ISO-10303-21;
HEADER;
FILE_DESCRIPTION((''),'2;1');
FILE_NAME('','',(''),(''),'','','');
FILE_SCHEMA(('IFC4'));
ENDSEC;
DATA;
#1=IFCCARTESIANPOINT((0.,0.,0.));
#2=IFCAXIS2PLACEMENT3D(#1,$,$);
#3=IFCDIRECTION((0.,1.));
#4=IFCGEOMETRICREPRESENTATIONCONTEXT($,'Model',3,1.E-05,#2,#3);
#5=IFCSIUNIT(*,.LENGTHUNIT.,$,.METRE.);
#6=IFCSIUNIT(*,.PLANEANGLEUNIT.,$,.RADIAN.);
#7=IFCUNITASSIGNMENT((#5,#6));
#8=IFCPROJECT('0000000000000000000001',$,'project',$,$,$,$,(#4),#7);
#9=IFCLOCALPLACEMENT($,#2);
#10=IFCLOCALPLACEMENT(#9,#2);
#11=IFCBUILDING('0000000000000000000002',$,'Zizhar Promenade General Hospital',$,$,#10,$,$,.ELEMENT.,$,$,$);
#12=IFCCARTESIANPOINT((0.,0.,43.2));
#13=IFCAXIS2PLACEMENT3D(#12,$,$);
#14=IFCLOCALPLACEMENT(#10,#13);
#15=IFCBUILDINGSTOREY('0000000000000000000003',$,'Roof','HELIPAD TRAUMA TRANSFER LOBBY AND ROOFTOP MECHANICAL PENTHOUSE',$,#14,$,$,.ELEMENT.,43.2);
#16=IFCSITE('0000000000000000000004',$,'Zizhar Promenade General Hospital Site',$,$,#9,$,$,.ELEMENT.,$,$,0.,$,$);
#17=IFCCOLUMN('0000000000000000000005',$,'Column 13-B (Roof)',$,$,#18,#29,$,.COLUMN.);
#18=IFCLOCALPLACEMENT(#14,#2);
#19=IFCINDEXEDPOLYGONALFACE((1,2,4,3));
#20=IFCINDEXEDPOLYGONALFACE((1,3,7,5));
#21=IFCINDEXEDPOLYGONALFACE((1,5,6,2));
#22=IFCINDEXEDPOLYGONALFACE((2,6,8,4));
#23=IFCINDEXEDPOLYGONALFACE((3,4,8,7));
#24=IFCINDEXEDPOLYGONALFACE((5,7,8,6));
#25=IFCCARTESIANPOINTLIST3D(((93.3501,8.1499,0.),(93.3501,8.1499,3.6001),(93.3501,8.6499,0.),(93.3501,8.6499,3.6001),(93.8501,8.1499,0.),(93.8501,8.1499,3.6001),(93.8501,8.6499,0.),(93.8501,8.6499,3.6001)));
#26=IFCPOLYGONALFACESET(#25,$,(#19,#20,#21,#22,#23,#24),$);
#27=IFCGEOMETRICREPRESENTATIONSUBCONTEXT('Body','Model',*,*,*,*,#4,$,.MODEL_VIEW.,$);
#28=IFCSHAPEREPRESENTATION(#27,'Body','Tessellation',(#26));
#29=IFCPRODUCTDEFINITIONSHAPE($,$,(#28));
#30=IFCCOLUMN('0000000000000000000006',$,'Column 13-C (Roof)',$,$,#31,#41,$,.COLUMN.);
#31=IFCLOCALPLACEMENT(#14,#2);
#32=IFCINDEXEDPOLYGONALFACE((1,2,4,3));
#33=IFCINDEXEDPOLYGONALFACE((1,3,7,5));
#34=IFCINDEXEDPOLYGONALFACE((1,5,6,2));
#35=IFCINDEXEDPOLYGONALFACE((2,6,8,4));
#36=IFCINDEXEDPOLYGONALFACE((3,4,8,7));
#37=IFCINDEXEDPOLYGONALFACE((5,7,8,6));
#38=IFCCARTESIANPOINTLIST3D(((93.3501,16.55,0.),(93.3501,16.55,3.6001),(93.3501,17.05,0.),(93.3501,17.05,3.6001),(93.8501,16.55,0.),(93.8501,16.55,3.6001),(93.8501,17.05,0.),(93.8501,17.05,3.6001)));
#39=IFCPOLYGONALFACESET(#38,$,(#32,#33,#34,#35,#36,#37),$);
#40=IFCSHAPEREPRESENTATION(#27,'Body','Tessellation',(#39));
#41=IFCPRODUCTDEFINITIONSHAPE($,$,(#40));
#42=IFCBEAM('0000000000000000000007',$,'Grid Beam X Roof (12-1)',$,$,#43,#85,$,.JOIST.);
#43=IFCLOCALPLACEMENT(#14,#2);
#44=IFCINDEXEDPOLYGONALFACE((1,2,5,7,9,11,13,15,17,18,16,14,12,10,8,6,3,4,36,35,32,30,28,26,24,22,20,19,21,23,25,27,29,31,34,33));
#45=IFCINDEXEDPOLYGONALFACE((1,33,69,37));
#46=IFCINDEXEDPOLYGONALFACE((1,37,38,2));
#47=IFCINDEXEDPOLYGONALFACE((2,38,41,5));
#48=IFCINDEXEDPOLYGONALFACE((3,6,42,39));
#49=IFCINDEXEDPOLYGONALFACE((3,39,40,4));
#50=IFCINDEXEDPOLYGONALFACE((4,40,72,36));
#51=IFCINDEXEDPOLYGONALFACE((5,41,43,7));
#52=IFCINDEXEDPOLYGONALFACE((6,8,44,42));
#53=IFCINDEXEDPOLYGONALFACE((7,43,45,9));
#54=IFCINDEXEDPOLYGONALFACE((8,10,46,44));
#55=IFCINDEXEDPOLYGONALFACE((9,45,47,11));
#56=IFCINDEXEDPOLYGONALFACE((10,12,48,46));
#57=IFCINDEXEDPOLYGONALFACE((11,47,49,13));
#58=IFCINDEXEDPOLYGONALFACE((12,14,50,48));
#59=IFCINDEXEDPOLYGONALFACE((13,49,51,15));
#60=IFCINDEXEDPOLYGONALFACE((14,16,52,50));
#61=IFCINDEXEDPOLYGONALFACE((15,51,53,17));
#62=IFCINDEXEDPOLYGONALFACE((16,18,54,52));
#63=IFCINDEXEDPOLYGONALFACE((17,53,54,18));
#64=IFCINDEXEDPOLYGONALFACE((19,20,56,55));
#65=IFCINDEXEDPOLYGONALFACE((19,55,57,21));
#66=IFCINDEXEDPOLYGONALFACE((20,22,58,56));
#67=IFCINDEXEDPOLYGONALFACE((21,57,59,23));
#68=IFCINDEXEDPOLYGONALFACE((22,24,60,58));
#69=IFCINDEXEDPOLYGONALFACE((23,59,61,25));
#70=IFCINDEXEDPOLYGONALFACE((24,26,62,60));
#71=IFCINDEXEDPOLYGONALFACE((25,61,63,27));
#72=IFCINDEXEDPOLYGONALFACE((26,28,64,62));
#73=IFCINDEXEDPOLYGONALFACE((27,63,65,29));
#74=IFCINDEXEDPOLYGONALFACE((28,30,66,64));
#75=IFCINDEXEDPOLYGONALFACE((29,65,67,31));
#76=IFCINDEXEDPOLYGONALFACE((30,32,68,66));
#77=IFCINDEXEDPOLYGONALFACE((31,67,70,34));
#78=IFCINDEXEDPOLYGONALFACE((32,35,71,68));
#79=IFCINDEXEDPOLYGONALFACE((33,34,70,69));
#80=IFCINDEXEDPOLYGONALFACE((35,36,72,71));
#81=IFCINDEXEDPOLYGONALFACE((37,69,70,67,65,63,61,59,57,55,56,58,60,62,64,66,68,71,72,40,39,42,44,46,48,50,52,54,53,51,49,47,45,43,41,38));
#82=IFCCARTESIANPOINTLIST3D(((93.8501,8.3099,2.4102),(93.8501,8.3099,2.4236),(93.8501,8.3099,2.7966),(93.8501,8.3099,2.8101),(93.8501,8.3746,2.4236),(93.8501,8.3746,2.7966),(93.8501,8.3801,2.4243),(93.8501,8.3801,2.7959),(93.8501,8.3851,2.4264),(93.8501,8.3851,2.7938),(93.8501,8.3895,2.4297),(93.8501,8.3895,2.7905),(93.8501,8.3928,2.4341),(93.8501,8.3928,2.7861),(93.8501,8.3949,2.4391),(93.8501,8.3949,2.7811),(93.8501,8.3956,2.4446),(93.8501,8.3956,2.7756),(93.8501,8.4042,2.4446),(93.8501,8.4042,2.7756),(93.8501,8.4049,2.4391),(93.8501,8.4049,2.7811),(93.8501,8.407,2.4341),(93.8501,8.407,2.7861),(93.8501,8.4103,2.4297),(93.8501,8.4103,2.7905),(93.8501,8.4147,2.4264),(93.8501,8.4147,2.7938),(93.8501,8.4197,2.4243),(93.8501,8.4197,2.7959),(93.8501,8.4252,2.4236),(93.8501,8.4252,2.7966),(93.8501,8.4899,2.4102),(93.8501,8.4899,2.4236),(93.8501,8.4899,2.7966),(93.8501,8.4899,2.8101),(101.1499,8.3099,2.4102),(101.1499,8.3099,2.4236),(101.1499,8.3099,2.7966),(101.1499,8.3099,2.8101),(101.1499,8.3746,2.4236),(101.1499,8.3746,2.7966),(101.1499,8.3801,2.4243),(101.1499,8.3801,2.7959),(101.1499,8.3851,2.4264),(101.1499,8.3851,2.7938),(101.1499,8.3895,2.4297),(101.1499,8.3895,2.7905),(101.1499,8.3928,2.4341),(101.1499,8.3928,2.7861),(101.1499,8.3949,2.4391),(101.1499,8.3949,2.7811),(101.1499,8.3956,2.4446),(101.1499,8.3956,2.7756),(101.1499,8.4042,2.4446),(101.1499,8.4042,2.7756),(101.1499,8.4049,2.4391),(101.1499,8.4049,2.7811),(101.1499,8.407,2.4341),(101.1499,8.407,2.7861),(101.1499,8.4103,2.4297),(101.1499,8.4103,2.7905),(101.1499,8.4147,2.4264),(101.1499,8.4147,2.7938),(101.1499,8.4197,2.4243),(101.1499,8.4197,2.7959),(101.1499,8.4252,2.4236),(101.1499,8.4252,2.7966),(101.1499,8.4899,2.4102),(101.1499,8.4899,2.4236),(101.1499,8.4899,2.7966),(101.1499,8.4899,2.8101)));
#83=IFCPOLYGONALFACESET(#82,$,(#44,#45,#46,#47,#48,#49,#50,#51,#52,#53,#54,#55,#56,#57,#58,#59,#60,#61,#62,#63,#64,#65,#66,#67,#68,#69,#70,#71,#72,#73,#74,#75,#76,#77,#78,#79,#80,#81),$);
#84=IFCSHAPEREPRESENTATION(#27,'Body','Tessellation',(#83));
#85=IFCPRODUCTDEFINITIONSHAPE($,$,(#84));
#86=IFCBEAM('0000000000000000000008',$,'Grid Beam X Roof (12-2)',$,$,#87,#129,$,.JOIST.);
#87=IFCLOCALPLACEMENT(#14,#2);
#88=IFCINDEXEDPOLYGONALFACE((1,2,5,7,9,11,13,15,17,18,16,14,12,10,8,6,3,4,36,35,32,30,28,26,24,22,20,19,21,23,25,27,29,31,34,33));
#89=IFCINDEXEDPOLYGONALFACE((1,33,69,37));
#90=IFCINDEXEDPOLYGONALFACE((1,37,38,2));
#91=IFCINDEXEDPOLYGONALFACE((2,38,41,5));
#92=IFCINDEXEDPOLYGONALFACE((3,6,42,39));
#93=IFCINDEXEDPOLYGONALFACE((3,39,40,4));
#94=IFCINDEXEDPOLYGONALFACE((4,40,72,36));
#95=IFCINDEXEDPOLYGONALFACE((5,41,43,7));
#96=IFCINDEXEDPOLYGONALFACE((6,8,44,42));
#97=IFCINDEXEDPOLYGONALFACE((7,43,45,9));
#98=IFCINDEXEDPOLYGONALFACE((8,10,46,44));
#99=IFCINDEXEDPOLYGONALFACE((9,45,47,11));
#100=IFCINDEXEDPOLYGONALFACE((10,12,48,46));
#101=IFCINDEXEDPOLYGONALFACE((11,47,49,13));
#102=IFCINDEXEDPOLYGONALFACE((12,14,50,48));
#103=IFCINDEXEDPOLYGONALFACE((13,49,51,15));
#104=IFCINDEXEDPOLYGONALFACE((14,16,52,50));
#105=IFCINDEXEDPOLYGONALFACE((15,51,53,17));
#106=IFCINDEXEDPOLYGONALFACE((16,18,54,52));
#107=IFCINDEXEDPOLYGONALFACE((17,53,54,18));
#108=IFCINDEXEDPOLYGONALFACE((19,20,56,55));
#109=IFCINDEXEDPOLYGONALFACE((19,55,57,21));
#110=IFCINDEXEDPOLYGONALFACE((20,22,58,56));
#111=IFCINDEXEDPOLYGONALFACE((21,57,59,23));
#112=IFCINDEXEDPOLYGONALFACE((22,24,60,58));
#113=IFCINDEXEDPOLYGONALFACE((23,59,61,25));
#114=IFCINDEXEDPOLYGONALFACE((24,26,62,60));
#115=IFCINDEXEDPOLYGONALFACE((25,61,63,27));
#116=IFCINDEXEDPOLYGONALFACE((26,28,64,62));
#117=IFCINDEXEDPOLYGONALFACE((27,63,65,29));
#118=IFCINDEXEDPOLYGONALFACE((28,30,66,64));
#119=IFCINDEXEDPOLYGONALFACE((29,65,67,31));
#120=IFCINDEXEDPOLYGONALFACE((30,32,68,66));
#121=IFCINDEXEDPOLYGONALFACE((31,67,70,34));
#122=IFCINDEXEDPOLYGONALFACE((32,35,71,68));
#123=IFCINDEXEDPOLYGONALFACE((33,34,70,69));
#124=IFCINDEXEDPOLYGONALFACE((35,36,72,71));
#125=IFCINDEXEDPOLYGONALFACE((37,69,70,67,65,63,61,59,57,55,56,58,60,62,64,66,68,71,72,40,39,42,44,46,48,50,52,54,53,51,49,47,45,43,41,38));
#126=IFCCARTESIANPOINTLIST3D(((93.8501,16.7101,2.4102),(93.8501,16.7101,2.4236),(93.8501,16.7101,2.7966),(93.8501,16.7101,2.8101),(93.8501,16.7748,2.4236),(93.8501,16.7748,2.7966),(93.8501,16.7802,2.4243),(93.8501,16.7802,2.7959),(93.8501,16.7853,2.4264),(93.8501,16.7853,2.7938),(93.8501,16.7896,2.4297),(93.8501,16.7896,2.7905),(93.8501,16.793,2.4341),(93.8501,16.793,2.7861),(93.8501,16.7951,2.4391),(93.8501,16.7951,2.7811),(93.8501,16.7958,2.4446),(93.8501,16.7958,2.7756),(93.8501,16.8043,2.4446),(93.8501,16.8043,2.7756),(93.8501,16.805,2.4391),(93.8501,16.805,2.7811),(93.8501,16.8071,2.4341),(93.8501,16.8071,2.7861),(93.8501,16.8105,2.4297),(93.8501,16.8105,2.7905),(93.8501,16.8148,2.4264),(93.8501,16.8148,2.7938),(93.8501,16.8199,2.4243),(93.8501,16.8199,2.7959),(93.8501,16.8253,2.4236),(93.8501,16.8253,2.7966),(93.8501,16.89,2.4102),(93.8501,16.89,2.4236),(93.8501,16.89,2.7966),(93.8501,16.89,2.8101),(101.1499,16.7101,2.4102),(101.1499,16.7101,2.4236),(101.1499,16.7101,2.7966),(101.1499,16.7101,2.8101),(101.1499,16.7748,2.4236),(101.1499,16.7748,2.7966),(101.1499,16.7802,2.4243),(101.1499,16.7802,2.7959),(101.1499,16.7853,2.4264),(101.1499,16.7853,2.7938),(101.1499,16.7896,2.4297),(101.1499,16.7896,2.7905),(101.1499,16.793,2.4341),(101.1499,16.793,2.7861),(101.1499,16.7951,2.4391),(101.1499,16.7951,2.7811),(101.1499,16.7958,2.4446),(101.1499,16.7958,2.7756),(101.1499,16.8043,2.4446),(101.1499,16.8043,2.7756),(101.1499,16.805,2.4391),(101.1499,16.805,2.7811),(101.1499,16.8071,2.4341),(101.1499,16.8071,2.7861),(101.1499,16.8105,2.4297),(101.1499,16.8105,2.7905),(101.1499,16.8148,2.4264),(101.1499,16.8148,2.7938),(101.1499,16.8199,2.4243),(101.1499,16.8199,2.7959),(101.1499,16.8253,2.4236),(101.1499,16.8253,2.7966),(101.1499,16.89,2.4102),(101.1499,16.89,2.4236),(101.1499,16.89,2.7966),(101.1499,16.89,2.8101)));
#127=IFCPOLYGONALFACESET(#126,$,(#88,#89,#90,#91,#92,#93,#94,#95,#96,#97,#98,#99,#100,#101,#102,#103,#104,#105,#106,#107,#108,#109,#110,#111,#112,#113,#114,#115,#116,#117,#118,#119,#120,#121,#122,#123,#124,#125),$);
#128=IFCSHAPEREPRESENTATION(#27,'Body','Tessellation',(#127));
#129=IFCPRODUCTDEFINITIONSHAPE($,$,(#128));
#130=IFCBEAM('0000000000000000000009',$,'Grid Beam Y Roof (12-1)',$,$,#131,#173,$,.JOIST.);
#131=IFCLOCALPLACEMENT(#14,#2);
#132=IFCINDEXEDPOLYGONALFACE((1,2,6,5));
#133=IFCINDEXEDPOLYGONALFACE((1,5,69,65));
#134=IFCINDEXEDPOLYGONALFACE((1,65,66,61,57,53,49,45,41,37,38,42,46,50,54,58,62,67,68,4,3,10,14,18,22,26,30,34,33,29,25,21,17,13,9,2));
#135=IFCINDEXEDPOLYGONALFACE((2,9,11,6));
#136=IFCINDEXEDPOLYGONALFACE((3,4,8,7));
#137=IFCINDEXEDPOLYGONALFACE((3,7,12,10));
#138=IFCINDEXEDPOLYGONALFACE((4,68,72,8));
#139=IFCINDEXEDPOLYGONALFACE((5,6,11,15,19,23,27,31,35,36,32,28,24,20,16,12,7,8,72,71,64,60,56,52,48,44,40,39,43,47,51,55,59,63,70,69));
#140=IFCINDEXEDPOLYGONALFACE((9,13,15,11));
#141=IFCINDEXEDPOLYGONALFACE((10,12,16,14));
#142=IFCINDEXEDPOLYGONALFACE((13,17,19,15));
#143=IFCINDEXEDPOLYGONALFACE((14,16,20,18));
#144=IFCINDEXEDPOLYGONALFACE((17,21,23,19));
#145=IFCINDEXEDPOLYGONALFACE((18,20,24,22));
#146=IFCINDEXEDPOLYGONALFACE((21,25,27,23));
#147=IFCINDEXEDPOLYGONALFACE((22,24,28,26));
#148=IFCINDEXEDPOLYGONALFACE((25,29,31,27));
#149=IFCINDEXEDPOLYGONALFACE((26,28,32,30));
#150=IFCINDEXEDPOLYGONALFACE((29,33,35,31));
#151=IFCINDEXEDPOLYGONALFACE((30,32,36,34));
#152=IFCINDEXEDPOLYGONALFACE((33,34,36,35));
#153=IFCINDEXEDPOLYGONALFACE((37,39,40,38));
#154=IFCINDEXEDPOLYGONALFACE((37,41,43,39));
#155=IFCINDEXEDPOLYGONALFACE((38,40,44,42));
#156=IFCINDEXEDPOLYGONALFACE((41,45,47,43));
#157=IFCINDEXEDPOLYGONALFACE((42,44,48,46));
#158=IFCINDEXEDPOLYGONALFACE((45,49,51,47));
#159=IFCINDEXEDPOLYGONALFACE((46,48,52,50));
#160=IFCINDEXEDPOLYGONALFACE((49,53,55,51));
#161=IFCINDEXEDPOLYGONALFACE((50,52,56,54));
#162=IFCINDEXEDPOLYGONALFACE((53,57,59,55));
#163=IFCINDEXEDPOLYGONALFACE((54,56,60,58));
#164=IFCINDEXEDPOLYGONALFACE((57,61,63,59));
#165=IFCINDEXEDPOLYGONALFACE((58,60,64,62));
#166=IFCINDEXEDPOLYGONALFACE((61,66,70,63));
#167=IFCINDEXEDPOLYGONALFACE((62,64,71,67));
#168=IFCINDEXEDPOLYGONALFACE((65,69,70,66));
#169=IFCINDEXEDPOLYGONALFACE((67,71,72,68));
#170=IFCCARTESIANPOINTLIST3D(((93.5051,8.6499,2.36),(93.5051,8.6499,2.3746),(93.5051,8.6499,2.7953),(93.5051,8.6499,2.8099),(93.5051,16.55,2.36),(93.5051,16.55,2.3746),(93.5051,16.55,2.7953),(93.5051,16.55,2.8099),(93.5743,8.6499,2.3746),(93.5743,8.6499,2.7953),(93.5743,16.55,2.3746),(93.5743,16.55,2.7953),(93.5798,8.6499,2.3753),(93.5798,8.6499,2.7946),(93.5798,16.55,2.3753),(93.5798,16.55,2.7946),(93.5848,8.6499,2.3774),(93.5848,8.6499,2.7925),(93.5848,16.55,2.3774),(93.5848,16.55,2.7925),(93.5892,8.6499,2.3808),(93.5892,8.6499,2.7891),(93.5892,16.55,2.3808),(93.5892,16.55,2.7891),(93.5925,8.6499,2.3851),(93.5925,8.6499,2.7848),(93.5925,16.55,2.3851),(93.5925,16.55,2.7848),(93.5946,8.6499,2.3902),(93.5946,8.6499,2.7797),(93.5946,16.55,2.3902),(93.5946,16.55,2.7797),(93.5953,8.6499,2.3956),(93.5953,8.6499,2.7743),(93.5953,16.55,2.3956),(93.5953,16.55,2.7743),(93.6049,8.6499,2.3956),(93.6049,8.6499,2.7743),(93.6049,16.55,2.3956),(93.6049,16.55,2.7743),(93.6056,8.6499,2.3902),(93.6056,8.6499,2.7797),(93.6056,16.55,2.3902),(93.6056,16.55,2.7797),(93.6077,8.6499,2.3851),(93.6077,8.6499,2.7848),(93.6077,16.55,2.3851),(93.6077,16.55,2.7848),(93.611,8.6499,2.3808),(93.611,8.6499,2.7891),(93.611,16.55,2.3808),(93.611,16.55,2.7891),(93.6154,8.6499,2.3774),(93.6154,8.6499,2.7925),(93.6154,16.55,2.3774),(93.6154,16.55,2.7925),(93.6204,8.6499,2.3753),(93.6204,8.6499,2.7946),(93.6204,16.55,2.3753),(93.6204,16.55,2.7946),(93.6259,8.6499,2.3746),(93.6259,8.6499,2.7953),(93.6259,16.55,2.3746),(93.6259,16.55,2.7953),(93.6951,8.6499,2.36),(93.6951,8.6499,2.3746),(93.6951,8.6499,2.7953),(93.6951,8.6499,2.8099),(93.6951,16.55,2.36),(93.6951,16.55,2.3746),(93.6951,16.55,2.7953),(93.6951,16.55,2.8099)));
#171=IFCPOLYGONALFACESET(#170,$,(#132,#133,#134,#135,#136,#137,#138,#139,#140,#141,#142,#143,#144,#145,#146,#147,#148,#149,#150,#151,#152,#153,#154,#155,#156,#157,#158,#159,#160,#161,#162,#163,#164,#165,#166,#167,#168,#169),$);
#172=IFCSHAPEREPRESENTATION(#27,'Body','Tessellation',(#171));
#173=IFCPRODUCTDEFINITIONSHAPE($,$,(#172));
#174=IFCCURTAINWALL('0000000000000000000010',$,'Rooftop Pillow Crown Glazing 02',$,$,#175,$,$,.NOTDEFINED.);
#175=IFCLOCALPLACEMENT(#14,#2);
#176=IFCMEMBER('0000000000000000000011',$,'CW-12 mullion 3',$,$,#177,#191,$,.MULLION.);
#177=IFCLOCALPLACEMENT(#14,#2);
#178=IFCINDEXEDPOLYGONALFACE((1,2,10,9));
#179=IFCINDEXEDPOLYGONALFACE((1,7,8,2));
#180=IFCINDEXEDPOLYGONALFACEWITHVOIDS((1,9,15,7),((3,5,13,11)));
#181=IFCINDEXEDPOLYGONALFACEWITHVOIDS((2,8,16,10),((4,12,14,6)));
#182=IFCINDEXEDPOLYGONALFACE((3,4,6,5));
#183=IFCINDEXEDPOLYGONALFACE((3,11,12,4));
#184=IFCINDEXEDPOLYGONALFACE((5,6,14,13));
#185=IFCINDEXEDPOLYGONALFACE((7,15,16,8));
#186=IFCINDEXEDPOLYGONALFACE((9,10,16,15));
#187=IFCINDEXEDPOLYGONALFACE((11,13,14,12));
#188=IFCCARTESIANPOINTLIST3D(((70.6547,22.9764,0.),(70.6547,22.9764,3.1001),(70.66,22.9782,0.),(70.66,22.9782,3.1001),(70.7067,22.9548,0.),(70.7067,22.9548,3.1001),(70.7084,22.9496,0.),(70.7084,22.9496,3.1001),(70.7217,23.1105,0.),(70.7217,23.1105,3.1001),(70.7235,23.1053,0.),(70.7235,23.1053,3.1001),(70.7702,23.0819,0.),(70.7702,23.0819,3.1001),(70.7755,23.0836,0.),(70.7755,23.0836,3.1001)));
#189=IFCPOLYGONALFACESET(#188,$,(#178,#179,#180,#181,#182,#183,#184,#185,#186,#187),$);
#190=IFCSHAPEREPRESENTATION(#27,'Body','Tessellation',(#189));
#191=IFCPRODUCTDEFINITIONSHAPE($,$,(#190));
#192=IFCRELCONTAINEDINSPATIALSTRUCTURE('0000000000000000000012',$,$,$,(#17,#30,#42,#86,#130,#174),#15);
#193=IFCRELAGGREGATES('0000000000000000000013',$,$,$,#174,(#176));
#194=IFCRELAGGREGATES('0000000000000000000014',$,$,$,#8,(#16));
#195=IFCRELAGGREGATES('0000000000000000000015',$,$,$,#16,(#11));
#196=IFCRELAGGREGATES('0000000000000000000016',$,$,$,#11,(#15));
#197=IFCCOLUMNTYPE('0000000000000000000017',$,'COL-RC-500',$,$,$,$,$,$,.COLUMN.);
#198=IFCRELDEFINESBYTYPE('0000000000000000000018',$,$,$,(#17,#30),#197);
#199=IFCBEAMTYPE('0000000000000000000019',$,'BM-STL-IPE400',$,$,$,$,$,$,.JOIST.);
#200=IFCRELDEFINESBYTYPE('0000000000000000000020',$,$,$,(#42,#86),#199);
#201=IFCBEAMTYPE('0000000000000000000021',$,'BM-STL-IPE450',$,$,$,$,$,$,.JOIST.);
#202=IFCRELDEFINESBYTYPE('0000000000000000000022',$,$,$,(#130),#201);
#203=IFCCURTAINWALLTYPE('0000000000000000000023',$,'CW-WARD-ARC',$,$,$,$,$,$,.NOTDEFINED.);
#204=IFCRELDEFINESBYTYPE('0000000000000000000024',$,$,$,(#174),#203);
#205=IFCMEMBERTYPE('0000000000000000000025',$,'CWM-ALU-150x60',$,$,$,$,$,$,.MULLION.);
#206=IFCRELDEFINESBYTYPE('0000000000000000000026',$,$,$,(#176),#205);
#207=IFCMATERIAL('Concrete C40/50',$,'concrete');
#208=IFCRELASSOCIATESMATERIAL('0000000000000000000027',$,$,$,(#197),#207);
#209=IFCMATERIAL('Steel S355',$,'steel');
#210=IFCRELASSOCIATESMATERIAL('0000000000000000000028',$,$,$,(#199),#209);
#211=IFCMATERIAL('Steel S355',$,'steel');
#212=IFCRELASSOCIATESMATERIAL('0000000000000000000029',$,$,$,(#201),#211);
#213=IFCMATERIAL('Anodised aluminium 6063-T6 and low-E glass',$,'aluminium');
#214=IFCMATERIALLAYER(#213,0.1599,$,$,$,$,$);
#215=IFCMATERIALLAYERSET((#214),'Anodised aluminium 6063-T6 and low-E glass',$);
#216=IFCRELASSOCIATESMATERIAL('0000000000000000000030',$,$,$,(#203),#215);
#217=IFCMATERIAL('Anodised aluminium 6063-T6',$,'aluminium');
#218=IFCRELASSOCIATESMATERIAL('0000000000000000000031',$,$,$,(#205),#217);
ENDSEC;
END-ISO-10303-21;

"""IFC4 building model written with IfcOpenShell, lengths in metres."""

from ifc_helpers import new_model, si_unit, direction, frame, origin, origin_2d, place, context, subcontext, project, spatial, rectangle, hollow_rectangle, i_section, extrude, material, layer, layer_set, material_profile, profile_set, type_object, element, aggregate, save


model = new_model("IFC4")

# Units and contexts
model_context = context("Model", 3, precision=1e-05, world=origin(), true_north=direction((0.0, 1.0)))
body_context = subcontext(model_context, "Body", "Model", "MODEL_VIEW")
ifc_project = project(units=[si_unit("LENGTHUNIT", "METRE"), si_unit("PLANEANGLEUNIT", "RADIAN")], contexts=[model_context])

# Site, building, storey
site_placement = place(None, origin())
site = spatial("IfcSite", under=ifc_project, at=site_placement, Name="Zizhar Promenade General Hospital Site", CompositionType="ELEMENT", RefElevation=0.0)
building_placement = place(site_placement, origin())
building = spatial("IfcBuilding", under=site, at=building_placement, Name="Zizhar Promenade General Hospital", CompositionType="ELEMENT")
storey_placement = place(building_placement, frame((0.0, 0.0, 43.2)))
storey = spatial("IfcBuildingStorey", under=building, at=storey_placement, Name="Roof", Description="HELIPAD TRAUMA TRANSFER LOBBY AND ROOFTOP MECHANICAL PENTHOUSE", CompositionType="ELEMENT", Elevation=43.2)

# Columns
ifc_material_1 = material(Name="Concrete C40/50", Category="concrete")
ifc_material_profile_1 = material_profile(ifc_material_1, rectangle(XDim=0.5, YDim=0.5, at=origin_2d()))
ifc_profile_set_1 = profile_set([ifc_material_profile_1], Name="Concrete C40/50")
column_type = type_object("IfcColumnType", Name="COL-RC-500", PredefinedType="COLUMN", material=ifc_profile_set_1)
for number, where, z_axis, x_axis, name in (
    (1, (93.6001, 8.3999, 0.0), (0.0, 0.0, 1.0), (1.0, 0.0, 0.0), "Column 13-B (Roof)"),
    (2, (93.6001, 16.8, 0.0), (0.0, 0.0, 1.0), (1.0, 0.0, 0.0), "Column 13-C (Roof)"),
):
    element("IfcColumn", number, at=place(storey_placement, frame(where, z_axis=z_axis, x_axis=x_axis)), inside=storey, type_object=column_type, Name=name, PredefinedType="COLUMN", context=body_context, shape_type="SweptSolid", body=[
        extrude(rectangle(XDim=0.5, YDim=0.5, at=origin_2d()), origin(), (0.0, 0.0, 1.0), 3.6001),
    ])

# Beams
ifc_material_2 = material(Name="Steel S355", Category="steel")
ifc_material_profile_2 = material_profile(ifc_material_2, i_section(OverallWidth=0.1799, OverallDepth=0.3999, WebThickness=0.0085, FlangeThickness=0.0134, FilletRadius=0.021, at=origin_2d()))
ifc_profile_set_2 = profile_set([ifc_material_profile_2], Name="Steel S355")
beam_type_1 = type_object("IfcBeamType", Name="BM-STL-IPE400", PredefinedType="JOIST", material=ifc_profile_set_2)
for number, where, z_axis, x_axis, name in (
    (3, (93.8501, 8.3999, 2.6101), (1.0, 0.0, 0.0), (0.0, 1.0, 0.0), "Grid Beam X Roof (12-1)"),
    (4, (93.8501, 16.8, 2.6101), (1.0, 0.0, 0.0), (0.0, 1.0, 0.0), "Grid Beam X Roof (12-2)"),
):
    element("IfcBeam", number, at=place(storey_placement, frame(where, z_axis=z_axis, x_axis=x_axis)), inside=storey, type_object=beam_type_1, Name=name, PredefinedType="JOIST", context=body_context, shape_type="SweptSolid", body=[
        extrude(i_section(OverallWidth=0.1799, OverallDepth=0.3999, WebThickness=0.0085, FlangeThickness=0.0134, FilletRadius=0.021, at=origin_2d()), origin(), (0.0, 0.0, 1.0), 7.2998),
    ])
ifc_material_3 = material(Name="Steel S355", Category="steel")
ifc_material_profile_3 = material_profile(ifc_material_3, i_section(OverallWidth=0.1899, OverallDepth=0.45, WebThickness=0.0095, FlangeThickness=0.0146, FilletRadius=0.021, at=origin_2d()))
ifc_profile_set_3 = profile_set([ifc_material_profile_3], Name="Steel S355")
beam_type_2 = type_object("IfcBeamType", Name="BM-STL-IPE450", PredefinedType="JOIST", material=ifc_profile_set_3)
beam_placement = place(storey_placement, frame((93.6001, 8.6499, 2.585), z_axis=(0.0, 1.0, 0.0), x_axis=(-1.0, 0.0, 0.0)))
element("IfcBeam", 5, at=beam_placement, inside=storey, type_object=beam_type_2, Name="Grid Beam Y Roof (12-1)", PredefinedType="JOIST", context=body_context, shape_type="SweptSolid", body=[
    extrude(i_section(OverallWidth=0.1899, OverallDepth=0.45, WebThickness=0.0095, FlangeThickness=0.0146, FilletRadius=0.021, at=origin_2d()), origin(), (0.0, 0.0, 1.0), 7.9001),
])

# Curtain wall, member
ifc_material_4 = material(Name="Anodised aluminium 6063-T6 and low-E glass", Category="aluminium")
ifc_layer_1 = layer(ifc_material_4, 0.1599)
ifc_layer_set_1 = layer_set([ifc_layer_1], Name="Anodised aluminium 6063-T6 and low-E glass")
curtain_wall_type = type_object("IfcCurtainWallType", Name="CW-WARD-ARC", PredefinedType="NOTDEFINED", material=ifc_layer_set_1)
curtain_wall_1_placement = place(storey_placement, origin())
curtain_wall_1 = element("IfcCurtainWall", 6, at=curtain_wall_1_placement, inside=storey, type_object=curtain_wall_type, Name="Rooftop Pillow Crown Glazing 02", PredefinedType="NOTDEFINED")
ifc_material_5 = material(Name="Anodised aluminium 6063-T6", Category="aluminium")
ifc_material_profile_4 = material_profile(ifc_material_5, hollow_rectangle(XDim=0.0601, YDim=0.1499, WallThickness=0.0039, at=origin_2d()))
ifc_profile_set_4 = profile_set([ifc_material_profile_4], Name="Anodised aluminium 6063-T6")
member_type_1 = type_object("IfcMemberType", Name="CWM-ALU-150x60", PredefinedType="MULLION", material=ifc_profile_set_4)
member_1_placement = place(storey_placement, frame((70.7151, 23.03, 0.0), z_axis=(0.0, 0.0, 1.0), x_axis=(-0.894429, 0.44721, 0.0)))
member_1 = element("IfcMember", 7, at=member_1_placement, type_object=member_type_1, Name="CW-12 mullion 3", PredefinedType="MULLION", context=body_context, shape_type="SweptSolid", body=[
    extrude(hollow_rectangle(XDim=0.0601, YDim=0.1499, WallThickness=0.0039, at=origin_2d()), origin(), (0.0, 0.0, 1.0), 3.1001),
])
aggregate(curtain_wall_1, [member_1])

save(model, "model.ifc")
